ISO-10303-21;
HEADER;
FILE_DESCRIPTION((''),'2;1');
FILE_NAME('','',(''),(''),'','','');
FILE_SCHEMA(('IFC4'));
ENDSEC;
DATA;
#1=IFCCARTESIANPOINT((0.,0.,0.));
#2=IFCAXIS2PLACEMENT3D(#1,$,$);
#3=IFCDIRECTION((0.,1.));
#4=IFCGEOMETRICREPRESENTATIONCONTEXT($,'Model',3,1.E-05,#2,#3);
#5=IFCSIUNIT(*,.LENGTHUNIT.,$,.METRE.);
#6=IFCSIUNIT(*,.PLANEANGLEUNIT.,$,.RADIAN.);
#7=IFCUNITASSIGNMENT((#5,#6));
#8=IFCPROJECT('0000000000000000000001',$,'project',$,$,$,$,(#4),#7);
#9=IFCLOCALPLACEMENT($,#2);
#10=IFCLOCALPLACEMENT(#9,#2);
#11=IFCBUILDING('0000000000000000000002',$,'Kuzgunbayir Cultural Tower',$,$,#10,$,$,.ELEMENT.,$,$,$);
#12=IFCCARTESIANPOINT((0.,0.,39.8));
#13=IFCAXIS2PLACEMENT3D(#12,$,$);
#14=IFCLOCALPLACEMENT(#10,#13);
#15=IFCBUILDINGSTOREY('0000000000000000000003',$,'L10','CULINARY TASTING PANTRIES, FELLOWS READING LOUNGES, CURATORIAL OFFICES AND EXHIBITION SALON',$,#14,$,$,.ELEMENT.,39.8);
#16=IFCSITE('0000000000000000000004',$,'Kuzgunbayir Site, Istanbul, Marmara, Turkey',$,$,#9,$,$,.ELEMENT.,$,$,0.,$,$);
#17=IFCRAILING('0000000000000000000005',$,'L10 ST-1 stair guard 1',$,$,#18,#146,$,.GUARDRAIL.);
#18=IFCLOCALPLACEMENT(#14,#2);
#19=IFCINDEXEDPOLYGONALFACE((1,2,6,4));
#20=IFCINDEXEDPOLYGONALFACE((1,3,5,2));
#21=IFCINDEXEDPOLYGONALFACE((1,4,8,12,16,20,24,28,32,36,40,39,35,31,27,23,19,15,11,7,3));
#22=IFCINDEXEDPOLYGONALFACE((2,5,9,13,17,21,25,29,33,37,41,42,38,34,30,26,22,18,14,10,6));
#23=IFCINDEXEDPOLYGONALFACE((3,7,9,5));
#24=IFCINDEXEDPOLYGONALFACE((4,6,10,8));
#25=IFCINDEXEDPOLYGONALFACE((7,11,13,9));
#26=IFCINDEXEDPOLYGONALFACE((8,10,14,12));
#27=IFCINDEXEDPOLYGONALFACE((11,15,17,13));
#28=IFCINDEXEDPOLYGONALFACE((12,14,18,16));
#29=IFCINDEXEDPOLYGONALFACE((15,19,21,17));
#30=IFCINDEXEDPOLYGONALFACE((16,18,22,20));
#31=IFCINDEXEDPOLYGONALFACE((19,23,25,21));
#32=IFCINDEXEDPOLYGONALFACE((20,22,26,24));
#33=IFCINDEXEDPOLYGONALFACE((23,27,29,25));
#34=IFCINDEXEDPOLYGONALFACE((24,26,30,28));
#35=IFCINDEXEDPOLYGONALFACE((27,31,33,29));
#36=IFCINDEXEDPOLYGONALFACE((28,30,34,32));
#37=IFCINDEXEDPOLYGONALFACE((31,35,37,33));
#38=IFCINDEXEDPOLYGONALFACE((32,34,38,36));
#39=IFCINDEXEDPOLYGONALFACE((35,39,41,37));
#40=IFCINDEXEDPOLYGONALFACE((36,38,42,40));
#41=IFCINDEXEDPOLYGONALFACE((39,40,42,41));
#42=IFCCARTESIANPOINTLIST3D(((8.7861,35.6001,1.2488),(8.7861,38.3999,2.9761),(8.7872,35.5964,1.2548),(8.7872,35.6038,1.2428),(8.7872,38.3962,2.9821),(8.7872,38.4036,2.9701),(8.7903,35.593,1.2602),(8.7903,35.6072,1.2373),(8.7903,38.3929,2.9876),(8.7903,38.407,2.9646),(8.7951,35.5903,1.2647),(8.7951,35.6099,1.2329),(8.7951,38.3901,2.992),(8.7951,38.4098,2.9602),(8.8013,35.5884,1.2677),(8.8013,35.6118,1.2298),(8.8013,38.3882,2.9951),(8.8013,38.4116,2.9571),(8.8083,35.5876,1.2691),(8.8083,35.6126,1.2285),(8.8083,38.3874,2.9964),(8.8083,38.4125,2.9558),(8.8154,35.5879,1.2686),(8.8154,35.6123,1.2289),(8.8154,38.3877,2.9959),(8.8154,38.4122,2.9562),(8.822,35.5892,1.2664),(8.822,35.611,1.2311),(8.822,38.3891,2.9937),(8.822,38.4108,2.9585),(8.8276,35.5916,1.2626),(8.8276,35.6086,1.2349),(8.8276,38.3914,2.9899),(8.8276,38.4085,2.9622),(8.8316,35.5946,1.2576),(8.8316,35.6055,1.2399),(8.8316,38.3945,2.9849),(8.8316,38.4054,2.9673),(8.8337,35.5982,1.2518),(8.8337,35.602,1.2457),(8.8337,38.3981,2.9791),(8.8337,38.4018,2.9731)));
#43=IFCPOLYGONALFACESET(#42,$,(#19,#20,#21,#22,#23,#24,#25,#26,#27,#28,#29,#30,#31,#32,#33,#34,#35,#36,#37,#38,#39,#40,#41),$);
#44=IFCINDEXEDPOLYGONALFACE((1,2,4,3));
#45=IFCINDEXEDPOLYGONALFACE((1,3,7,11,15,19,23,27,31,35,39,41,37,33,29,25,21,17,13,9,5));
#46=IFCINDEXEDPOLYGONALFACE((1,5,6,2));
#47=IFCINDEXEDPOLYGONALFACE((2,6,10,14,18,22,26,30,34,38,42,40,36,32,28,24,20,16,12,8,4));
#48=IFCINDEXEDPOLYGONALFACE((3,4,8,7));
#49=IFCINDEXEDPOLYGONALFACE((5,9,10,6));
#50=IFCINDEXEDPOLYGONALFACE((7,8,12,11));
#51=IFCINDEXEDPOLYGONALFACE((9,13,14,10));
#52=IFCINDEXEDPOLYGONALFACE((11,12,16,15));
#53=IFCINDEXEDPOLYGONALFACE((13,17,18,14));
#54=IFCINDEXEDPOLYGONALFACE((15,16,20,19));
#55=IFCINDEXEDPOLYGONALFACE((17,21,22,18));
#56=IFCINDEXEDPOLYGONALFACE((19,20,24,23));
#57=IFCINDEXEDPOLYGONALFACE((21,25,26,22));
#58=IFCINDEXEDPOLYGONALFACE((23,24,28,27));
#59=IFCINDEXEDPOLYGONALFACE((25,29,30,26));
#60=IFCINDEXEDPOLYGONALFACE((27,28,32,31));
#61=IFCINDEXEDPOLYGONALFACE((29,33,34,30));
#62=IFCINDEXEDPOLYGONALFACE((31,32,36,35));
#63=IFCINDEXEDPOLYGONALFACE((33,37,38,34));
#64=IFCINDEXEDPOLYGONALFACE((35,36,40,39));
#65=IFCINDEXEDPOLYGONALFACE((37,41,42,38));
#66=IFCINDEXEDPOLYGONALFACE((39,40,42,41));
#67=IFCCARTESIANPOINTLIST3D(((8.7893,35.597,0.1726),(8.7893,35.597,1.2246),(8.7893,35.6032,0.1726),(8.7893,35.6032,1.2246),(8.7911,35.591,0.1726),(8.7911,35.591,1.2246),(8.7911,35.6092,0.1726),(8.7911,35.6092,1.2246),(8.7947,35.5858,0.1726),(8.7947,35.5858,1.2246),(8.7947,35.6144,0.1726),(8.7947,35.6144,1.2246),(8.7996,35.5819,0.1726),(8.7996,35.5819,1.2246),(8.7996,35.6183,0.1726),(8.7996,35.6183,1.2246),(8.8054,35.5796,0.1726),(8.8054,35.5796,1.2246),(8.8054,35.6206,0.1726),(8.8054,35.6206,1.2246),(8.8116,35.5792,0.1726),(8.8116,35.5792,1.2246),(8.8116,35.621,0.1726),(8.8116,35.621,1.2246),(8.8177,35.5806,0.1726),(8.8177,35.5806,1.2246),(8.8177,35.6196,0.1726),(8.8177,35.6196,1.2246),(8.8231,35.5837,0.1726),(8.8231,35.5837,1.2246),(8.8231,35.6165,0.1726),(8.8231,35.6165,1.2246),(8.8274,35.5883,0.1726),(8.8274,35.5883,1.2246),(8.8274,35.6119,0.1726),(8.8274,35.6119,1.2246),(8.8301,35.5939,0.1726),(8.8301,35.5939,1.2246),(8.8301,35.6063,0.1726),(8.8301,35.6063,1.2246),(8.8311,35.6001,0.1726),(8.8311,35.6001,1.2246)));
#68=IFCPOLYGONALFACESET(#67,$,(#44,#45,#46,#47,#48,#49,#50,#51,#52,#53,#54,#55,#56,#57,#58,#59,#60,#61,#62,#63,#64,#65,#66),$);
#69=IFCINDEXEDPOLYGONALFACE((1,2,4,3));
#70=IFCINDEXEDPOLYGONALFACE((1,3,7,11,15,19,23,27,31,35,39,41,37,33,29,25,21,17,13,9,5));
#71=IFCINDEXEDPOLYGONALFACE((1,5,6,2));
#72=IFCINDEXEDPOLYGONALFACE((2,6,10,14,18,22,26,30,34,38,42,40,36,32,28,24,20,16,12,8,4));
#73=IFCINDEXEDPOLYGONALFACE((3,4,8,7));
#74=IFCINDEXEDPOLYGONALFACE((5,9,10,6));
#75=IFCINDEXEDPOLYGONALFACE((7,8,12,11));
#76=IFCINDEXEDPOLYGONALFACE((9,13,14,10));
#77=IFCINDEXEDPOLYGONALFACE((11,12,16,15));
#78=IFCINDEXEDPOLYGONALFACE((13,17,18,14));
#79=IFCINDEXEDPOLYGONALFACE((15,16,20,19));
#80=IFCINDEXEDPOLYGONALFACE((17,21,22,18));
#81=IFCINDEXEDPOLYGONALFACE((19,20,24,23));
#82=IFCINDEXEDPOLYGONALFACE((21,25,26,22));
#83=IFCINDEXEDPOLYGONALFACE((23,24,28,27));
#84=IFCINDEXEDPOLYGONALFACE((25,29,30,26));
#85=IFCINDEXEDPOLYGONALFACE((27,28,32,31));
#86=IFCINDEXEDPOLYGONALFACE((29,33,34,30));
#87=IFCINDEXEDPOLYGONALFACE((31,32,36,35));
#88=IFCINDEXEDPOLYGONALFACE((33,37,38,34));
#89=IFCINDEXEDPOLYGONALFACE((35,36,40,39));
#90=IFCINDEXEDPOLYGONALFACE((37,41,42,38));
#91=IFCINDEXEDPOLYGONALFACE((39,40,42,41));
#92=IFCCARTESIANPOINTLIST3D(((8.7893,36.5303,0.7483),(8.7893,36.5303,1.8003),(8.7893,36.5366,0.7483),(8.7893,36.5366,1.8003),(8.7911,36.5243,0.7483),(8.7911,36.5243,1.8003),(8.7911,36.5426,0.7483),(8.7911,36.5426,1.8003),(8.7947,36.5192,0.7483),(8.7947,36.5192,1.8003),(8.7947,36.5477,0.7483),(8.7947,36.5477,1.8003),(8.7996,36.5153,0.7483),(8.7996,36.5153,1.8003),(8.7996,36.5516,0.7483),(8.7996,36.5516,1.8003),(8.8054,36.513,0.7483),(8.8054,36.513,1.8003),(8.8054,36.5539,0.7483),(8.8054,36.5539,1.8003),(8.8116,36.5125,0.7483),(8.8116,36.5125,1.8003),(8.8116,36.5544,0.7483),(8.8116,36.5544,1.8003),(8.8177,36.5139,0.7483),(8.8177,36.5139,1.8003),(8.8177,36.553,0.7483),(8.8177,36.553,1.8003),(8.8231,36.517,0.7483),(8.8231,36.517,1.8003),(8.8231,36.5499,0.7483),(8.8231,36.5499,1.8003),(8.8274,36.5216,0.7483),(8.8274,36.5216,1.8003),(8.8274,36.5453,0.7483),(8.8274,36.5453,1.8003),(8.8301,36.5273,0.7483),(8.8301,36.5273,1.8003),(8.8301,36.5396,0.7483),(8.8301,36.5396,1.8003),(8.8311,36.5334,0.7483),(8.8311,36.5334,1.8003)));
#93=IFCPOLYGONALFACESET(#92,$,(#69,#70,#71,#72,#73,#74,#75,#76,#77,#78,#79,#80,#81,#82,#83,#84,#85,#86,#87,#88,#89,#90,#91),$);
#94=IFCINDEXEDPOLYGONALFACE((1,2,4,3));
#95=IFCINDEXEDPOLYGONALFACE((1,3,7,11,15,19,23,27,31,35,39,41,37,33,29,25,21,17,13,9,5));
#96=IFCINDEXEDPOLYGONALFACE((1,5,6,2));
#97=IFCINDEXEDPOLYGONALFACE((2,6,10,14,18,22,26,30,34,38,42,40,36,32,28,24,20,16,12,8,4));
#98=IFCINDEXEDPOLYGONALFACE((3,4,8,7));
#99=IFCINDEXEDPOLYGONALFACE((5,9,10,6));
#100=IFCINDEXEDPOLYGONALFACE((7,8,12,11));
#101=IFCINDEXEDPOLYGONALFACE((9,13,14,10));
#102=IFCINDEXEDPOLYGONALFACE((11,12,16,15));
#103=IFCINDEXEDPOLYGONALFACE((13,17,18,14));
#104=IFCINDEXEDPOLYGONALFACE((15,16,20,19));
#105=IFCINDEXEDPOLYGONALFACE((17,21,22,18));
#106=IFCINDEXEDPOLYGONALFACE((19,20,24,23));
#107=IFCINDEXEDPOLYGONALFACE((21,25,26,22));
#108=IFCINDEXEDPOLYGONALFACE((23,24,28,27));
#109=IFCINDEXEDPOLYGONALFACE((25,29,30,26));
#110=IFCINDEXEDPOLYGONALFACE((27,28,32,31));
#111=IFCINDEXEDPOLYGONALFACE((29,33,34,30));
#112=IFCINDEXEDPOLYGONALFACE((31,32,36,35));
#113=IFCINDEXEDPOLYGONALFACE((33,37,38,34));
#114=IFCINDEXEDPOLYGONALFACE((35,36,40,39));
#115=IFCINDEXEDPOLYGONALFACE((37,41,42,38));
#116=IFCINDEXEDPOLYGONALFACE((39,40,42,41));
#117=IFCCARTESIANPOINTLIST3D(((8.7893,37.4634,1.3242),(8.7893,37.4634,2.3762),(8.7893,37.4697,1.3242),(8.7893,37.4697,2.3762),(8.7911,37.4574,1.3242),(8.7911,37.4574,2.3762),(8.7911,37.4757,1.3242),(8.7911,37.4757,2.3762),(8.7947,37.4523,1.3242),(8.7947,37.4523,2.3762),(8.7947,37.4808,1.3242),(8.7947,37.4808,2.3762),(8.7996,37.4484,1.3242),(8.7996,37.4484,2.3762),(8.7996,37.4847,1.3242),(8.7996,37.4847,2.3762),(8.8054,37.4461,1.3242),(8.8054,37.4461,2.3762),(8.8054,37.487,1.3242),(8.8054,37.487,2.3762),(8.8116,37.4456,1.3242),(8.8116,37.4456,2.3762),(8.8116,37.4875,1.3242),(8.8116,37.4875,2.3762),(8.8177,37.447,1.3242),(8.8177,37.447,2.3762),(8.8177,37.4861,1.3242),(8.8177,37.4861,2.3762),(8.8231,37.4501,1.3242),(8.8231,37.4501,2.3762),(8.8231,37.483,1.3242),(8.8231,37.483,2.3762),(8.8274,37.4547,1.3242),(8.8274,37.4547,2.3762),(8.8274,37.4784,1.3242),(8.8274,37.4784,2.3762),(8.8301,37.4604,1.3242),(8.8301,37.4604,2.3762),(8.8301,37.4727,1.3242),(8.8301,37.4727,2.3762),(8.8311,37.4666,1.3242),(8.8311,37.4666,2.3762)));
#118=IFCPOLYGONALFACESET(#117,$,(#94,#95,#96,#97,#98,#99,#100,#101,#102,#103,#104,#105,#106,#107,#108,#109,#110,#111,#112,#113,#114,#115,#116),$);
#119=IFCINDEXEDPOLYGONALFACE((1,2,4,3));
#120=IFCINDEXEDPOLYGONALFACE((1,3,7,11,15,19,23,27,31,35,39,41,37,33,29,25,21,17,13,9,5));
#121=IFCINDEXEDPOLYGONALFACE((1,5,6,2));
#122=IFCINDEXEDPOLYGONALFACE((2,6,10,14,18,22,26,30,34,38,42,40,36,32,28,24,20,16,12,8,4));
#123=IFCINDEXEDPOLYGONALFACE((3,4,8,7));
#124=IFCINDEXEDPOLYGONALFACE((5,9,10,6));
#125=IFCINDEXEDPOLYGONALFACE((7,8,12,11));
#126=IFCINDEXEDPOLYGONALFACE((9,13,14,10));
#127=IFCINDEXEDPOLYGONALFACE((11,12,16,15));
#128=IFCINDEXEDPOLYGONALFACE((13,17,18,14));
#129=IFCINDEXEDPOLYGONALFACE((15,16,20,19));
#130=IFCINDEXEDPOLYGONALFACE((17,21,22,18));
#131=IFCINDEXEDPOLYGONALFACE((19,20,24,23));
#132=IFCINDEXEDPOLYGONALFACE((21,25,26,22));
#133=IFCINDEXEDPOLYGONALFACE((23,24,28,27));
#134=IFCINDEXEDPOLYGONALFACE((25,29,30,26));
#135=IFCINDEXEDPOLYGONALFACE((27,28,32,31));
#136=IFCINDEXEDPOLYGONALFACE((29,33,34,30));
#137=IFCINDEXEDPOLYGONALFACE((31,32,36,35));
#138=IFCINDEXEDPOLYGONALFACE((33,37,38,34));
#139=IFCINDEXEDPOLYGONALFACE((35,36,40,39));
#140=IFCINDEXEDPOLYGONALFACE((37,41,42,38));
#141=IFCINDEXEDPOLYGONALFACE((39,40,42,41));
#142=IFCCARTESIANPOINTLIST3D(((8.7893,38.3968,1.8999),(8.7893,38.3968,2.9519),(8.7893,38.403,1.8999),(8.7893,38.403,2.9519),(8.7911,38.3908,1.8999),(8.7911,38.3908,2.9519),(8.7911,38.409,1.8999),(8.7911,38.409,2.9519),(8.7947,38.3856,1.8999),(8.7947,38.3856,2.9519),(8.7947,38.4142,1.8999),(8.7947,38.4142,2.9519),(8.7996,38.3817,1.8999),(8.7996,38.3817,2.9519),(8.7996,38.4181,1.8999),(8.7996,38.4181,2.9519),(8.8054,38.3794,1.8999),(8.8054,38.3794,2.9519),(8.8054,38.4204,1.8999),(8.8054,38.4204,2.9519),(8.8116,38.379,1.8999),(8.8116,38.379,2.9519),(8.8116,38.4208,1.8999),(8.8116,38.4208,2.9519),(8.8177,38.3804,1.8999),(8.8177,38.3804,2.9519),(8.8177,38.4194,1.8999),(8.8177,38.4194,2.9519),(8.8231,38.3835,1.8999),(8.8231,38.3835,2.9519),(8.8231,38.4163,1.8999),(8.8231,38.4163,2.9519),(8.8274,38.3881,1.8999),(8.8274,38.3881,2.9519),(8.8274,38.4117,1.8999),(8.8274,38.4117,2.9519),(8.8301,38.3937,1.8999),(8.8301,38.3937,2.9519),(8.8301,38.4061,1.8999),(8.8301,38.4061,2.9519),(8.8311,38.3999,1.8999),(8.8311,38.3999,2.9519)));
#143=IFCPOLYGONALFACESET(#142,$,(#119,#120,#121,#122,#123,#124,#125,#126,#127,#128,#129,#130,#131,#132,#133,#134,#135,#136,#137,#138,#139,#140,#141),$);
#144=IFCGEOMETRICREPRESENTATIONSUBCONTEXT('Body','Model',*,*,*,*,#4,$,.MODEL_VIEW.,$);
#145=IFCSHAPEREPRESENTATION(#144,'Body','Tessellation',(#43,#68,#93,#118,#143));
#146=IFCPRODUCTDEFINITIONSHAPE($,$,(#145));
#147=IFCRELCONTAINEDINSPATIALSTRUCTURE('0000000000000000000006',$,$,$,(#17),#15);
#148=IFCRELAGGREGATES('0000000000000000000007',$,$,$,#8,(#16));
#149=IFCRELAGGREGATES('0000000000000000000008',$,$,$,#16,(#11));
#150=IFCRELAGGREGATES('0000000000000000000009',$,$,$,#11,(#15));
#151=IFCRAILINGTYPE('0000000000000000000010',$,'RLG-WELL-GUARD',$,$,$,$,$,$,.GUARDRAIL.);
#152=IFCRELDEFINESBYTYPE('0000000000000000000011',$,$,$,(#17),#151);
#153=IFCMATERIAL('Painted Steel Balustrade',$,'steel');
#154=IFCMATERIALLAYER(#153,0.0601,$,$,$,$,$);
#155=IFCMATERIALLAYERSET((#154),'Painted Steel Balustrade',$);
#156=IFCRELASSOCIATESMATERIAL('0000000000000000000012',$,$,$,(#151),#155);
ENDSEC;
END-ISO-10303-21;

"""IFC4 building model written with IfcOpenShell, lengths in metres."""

from ifc_helpers import new_model, si_unit, direction, frame, origin, origin_2d, place, context, subcontext, project, spatial, circle, extrude, material, layer, layer_set, type_object, element, save


model = new_model("IFC4")

# Units and contexts
model_context = context("Model", 3, precision=1e-05, world=origin(), true_north=direction((0.0, 1.0)))
body_context = subcontext(model_context, "Body", "Model", "MODEL_VIEW")
ifc_project = project(units=[si_unit("LENGTHUNIT", "METRE"), si_unit("PLANEANGLEUNIT", "RADIAN")], contexts=[model_context])

# Site, building, storey
site_placement = place(None, origin())
site = spatial("IfcSite", under=ifc_project, at=site_placement, Name="Kuzgunbayir Site, Istanbul, Marmara, Turkey", CompositionType="ELEMENT", RefElevation=0.0)
building_placement = place(site_placement, origin())
building = spatial("IfcBuilding", under=site, at=building_placement, Name="Kuzgunbayir Cultural Tower", CompositionType="ELEMENT")
storey_placement = place(building_placement, frame((0.0, 0.0, 39.8)))
storey = spatial("IfcBuildingStorey", under=building, at=storey_placement, Name="L10", Description="CULINARY TASTING PANTRIES, FELLOWS READING LOUNGES, CURATORIAL OFFICES AND EXHIBITION SALON", CompositionType="ELEMENT", Elevation=39.8)

# Railing
ifc_material_1 = material(Name="Painted Steel Balustrade", Category="steel")
ifc_layer_1 = layer(ifc_material_1, 0.0601)
ifc_layer_set_1 = layer_set([ifc_layer_1], Name="Painted Steel Balustrade")
railing_type = type_object("IfcRailingType", Name="RLG-WELL-GUARD", PredefinedType="GUARDRAIL", material=ifc_layer_set_1)
railing_1_placement = place(storey_placement, frame((8.8101, 35.6001, 0.1726)))
element("IfcRailing", 1, at=railing_1_placement, inside=storey, type_object=railing_type, Name="L10 ST-1 stair guard 1", PredefinedType="GUARDRAIL", context=body_context, shape_type="SweptSolid", body=[
    extrude(circle(Radius=0.0239, at=origin_2d()), frame((0.0, 0.0, 1.0762), z_axis=(0.0, 0.851069, 0.525054), x_axis=(-1.0, 0.0, 0.0)), (0.0, 0.0, 1.0), 3.2898),
    extrude(circle(Radius=0.021, at=origin_2d()), origin(), (0.0, 0.0, 1.0), 1.052),
    extrude(circle(Radius=0.021, at=origin_2d()), frame((0.0, 0.9333, 0.5757)), (0.0, 0.0, 1.0), 1.052),
    extrude(circle(Radius=0.021, at=origin_2d()), frame((0.0, 1.8665, 1.1516)), (0.0, 0.0, 1.0), 1.052),
    extrude(circle(Radius=0.021, at=origin_2d()), frame((0.0, 2.7998, 1.7273)), (0.0, 0.0, 1.0), 1.052),
])

save(model, "model.ifc")
